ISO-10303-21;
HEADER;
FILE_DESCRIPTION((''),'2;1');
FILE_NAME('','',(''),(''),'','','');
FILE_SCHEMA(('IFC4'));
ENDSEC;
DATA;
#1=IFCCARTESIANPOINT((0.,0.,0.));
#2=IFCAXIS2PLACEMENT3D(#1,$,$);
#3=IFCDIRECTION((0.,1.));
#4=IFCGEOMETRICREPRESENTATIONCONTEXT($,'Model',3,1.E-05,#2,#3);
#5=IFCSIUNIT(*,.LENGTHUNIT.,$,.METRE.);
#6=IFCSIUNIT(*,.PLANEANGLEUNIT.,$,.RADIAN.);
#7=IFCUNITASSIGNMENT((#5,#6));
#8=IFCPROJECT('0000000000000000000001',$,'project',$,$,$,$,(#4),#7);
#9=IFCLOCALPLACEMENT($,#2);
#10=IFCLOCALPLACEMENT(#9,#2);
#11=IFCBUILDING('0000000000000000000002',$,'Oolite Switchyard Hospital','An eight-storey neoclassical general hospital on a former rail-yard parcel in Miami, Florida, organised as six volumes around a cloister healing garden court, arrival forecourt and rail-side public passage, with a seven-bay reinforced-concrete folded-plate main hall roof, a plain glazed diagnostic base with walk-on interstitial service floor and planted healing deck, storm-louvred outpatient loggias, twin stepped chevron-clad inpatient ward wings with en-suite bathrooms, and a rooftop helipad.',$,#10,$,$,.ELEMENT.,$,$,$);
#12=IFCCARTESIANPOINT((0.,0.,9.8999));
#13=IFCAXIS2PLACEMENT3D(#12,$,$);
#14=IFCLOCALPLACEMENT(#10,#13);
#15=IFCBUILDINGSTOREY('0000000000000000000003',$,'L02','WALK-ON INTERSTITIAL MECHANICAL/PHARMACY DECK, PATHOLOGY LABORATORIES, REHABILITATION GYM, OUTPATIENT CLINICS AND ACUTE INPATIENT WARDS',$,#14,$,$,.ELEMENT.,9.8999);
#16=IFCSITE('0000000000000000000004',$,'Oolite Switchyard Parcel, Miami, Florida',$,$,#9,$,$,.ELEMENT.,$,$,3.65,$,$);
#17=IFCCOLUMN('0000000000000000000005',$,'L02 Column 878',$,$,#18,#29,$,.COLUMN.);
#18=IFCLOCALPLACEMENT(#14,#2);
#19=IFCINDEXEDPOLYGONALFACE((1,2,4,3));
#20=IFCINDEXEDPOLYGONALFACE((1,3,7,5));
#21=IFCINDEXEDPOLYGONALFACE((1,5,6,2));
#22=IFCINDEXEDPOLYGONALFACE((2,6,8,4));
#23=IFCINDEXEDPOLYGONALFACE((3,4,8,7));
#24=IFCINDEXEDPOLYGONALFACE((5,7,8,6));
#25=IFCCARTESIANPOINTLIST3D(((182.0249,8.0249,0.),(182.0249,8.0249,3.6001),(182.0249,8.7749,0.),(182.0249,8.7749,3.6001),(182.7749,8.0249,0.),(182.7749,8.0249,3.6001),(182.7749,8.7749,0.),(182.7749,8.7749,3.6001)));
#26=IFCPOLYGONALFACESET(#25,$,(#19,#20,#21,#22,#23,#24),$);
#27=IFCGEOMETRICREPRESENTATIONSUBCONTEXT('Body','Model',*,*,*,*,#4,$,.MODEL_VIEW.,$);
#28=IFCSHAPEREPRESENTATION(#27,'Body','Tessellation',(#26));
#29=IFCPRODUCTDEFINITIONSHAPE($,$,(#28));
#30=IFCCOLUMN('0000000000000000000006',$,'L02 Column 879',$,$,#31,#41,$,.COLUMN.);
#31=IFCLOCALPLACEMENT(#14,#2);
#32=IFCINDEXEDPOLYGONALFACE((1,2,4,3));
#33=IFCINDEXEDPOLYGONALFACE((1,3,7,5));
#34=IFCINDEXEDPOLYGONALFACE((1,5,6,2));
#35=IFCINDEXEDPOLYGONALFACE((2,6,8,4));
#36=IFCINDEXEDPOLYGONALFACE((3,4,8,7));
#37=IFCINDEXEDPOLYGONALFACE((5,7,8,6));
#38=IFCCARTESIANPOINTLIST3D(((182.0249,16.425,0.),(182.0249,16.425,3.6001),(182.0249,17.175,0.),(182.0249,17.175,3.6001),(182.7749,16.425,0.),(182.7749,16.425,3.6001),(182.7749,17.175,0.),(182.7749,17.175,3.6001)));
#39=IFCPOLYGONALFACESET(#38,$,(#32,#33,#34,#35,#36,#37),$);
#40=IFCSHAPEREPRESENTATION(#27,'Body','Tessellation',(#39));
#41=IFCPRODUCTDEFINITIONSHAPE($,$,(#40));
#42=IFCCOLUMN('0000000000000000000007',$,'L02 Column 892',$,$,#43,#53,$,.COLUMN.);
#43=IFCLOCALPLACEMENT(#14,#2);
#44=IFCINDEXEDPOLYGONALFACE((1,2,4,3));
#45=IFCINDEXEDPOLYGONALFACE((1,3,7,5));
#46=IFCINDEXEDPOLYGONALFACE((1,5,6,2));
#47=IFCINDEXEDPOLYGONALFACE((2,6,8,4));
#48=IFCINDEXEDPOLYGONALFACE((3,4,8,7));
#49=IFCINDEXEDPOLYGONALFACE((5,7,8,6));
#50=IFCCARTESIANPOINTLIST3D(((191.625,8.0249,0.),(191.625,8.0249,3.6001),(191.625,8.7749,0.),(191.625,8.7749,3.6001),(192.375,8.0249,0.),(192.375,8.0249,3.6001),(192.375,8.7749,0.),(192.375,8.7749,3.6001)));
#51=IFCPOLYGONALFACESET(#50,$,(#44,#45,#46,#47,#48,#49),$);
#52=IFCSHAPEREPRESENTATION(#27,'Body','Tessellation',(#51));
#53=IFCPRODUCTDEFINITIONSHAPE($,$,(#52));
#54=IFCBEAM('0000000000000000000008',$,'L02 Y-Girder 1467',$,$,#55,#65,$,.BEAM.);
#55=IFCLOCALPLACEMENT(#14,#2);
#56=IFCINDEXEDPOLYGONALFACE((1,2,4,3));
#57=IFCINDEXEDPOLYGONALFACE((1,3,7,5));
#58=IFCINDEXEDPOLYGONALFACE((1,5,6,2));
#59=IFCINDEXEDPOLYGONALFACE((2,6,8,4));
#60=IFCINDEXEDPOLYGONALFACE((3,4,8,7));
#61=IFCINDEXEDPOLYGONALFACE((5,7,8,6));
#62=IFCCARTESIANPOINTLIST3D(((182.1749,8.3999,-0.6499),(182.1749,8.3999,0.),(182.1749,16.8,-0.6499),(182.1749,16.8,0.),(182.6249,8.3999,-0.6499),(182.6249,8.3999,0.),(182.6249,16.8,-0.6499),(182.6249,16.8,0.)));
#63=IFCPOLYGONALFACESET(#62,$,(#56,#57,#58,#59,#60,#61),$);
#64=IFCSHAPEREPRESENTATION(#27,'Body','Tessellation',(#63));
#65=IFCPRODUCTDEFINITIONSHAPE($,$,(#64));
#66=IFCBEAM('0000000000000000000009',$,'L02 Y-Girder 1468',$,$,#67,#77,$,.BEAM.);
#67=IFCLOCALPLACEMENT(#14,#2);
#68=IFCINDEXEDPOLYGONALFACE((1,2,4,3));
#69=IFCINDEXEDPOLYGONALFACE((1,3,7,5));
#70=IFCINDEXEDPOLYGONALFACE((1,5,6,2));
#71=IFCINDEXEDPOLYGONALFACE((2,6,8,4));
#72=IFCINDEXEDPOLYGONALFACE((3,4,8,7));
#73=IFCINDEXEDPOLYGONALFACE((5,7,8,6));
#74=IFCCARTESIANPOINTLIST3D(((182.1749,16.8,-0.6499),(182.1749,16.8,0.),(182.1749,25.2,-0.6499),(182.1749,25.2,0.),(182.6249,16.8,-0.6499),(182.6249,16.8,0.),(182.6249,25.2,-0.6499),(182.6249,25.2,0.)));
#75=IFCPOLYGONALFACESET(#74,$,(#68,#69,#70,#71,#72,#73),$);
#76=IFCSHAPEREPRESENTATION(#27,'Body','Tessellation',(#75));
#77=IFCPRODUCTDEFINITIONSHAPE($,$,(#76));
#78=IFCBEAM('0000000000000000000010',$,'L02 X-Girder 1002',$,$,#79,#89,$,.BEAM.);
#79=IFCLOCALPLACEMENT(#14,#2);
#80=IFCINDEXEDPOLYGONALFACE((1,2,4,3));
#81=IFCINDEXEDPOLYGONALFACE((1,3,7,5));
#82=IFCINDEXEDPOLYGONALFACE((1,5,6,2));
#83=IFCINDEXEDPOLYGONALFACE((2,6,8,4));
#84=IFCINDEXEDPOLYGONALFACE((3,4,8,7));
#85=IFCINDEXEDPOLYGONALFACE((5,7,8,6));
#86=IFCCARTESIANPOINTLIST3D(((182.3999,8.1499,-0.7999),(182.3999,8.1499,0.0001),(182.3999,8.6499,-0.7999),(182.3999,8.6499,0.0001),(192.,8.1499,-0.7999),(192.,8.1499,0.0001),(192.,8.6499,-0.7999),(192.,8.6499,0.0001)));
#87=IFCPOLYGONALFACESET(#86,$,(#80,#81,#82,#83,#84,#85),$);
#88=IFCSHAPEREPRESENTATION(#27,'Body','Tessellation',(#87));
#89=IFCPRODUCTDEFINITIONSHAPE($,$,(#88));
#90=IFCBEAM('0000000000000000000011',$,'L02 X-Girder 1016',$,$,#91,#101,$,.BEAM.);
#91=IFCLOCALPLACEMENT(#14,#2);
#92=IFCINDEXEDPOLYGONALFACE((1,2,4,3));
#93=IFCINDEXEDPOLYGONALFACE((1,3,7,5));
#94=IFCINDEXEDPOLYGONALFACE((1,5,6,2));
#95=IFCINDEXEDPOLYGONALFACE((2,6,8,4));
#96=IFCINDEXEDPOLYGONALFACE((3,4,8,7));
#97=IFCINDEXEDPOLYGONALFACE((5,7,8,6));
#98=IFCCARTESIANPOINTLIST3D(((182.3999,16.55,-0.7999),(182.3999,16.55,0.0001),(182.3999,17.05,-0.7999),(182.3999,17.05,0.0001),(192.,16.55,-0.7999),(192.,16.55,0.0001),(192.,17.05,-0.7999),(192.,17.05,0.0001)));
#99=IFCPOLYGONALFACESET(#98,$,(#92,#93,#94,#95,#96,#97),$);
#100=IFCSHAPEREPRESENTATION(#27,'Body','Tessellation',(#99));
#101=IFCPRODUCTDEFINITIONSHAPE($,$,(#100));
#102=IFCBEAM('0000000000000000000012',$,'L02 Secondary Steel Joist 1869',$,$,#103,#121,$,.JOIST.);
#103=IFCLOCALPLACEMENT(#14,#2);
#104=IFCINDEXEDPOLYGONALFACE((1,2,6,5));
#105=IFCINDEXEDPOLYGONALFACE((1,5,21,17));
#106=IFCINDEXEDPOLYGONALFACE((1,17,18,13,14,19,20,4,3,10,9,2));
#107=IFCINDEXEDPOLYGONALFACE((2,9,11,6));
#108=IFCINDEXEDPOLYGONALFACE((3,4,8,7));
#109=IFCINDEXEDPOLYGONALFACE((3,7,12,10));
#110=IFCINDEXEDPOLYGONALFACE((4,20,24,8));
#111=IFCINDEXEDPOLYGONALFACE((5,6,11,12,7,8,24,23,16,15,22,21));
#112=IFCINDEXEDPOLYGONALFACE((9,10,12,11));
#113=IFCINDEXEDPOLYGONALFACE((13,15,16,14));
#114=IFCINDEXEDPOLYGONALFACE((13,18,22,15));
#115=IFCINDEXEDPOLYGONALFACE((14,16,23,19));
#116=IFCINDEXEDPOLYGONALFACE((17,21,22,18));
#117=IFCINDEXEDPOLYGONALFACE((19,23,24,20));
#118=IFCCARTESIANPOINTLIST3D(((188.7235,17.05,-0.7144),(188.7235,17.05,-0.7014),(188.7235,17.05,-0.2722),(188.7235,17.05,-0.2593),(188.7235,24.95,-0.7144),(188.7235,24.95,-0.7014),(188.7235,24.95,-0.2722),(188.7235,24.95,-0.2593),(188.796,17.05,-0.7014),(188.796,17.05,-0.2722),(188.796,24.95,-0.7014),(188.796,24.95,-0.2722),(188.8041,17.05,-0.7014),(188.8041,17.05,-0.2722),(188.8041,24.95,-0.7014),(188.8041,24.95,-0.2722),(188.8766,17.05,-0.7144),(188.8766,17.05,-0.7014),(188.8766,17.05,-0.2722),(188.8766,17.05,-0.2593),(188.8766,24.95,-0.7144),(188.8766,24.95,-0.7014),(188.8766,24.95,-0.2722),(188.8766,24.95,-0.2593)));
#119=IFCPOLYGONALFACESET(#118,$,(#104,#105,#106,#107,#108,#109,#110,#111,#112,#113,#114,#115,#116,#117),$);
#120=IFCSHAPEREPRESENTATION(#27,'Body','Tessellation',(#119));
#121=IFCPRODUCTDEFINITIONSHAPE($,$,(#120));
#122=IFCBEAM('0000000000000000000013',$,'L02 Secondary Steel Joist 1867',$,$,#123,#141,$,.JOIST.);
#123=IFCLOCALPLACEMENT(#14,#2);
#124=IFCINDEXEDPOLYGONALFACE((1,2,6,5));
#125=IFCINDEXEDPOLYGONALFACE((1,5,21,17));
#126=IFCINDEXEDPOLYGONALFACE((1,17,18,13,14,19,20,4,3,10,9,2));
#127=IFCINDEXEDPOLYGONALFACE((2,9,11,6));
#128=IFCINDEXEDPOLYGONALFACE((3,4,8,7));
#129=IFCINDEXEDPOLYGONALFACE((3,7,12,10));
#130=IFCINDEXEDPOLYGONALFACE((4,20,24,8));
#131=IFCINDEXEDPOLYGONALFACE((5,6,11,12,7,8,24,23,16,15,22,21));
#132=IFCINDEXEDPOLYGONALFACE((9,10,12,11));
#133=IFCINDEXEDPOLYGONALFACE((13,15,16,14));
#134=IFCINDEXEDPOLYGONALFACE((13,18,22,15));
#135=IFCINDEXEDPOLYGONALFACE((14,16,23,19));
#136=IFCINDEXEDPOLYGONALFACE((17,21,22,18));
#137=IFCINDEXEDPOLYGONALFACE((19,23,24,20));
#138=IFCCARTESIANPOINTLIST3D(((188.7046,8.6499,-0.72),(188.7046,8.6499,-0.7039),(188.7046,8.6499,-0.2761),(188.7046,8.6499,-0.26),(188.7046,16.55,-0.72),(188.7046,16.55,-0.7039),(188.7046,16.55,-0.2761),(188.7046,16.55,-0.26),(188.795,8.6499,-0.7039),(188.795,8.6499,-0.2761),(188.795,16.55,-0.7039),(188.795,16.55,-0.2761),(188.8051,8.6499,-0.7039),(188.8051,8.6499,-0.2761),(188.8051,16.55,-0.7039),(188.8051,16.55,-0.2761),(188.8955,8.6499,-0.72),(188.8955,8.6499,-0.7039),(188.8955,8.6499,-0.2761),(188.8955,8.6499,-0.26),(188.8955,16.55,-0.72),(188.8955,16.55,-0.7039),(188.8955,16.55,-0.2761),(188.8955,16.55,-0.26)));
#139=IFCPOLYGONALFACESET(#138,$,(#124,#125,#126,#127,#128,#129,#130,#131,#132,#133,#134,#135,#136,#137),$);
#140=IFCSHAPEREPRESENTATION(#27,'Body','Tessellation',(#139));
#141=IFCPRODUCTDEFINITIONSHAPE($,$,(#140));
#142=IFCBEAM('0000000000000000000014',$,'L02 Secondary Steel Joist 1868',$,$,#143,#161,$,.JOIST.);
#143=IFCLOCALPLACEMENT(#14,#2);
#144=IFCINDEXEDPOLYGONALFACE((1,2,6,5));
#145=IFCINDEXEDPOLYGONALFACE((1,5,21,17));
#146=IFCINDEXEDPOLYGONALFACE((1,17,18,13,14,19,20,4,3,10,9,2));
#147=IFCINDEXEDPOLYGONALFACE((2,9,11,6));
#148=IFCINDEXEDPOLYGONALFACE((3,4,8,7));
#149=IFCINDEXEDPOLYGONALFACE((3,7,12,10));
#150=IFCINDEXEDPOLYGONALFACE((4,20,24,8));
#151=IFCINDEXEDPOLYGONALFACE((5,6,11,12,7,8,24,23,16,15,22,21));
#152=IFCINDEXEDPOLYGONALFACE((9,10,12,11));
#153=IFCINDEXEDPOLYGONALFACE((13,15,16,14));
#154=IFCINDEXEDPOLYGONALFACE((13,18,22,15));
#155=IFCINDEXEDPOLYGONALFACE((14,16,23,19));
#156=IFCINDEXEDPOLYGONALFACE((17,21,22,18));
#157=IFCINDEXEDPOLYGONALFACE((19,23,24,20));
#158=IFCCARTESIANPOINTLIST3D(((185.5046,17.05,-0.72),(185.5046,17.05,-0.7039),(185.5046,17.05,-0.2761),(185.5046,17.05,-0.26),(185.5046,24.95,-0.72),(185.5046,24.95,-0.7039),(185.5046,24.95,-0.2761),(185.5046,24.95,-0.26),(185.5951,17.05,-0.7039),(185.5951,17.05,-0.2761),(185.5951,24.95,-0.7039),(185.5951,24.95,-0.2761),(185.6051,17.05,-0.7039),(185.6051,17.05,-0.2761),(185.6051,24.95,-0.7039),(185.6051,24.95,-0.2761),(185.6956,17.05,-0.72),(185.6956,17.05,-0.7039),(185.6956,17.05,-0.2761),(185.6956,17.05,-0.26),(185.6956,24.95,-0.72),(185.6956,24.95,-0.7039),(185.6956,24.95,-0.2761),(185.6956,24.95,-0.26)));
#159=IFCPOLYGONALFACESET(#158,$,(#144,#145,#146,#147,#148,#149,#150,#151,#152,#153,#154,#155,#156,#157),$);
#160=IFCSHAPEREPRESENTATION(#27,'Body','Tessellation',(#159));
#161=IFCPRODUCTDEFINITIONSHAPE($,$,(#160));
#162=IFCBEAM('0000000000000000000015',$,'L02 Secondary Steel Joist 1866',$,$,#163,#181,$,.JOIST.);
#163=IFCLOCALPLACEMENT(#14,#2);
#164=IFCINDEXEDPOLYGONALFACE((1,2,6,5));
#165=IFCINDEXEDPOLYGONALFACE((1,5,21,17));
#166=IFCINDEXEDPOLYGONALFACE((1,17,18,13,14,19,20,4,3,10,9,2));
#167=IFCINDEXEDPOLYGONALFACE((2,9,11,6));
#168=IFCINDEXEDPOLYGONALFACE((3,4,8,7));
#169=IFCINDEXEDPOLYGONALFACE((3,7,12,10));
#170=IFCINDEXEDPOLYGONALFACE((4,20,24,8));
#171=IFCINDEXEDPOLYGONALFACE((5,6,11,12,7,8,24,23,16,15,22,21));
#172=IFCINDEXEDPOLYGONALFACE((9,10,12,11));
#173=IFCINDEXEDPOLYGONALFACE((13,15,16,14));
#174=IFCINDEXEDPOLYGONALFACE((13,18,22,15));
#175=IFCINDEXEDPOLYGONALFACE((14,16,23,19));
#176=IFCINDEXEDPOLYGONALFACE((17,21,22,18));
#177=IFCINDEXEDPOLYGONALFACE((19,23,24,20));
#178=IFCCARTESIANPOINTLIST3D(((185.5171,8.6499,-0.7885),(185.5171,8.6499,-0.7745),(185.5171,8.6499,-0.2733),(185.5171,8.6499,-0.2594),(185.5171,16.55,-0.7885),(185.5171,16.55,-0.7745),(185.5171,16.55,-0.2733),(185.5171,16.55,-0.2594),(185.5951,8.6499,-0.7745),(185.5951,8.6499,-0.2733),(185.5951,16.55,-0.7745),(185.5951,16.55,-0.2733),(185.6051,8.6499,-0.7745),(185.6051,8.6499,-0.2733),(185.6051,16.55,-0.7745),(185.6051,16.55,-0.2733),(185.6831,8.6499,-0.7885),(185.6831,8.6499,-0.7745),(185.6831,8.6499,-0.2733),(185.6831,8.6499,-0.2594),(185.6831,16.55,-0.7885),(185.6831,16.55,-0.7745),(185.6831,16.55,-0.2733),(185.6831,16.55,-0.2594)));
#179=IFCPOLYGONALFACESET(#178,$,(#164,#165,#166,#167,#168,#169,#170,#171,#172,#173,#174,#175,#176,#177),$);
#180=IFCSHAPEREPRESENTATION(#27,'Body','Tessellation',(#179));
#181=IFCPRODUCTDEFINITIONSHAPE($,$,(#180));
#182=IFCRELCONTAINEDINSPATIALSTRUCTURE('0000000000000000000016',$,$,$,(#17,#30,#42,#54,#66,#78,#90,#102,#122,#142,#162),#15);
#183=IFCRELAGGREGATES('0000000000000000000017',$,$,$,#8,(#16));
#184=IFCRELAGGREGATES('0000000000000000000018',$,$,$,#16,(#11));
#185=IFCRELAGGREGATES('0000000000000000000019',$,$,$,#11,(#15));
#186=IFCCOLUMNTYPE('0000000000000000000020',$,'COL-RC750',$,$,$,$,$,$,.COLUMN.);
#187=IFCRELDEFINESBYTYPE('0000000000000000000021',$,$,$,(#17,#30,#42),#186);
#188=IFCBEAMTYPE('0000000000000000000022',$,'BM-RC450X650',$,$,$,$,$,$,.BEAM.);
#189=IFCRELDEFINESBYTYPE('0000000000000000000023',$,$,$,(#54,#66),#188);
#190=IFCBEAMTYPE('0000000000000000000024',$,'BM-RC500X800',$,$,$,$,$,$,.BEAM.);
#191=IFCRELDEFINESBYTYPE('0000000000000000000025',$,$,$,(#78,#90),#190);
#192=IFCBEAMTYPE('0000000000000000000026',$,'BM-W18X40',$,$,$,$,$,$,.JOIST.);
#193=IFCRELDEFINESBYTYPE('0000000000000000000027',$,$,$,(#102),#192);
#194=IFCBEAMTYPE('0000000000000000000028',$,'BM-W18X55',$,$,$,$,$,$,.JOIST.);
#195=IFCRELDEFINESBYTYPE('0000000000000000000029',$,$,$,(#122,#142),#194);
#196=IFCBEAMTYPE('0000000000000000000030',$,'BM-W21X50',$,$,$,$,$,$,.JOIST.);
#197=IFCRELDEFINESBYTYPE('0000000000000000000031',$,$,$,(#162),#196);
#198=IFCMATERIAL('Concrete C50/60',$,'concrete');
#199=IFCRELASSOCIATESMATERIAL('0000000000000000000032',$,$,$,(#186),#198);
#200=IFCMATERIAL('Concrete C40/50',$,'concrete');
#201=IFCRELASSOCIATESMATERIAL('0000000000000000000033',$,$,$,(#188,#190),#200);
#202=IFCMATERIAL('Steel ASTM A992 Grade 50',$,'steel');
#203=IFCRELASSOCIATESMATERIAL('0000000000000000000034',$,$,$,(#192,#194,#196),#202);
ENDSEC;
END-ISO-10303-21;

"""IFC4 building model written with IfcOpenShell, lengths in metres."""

from ifc_helpers import new_model, si_unit, direction, frame, origin, origin_2d, place, context, subcontext, project, spatial, rectangle, i_section, extrude, material, material_profile, profile_set, type_object, element, save


model = new_model("IFC4")

# Units and contexts
model_context = context("Model", 3, precision=1e-05, world=origin(), true_north=direction((0.0, 1.0)))
body_context = subcontext(model_context, "Body", "Model", "MODEL_VIEW")
ifc_project = project(units=[si_unit("LENGTHUNIT", "METRE"), si_unit("PLANEANGLEUNIT", "RADIAN")], contexts=[model_context])

# Site, building, storey
site_placement = place(None, origin())
site = spatial("IfcSite", under=ifc_project, at=site_placement, Name="Oolite Switchyard Parcel, Miami, Florida", CompositionType="ELEMENT", RefElevation=3.65)
building_placement = place(site_placement, origin())
building = spatial("IfcBuilding", under=site, at=building_placement, Name="Oolite Switchyard Hospital", Description="An eight-storey neoclassical general hospital on a former rail-yard parcel in Miami, Florida, organised as six volumes around a cloister healing garden court, arrival forecourt and rail-side public passage, with a seven-bay reinforced-concrete folded-plate main hall roof, a plain glazed diagnostic base with walk-on interstitial service floor and planted healing deck, storm-louvred outpatient loggias, twin stepped chevron-clad inpatient ward wings with en-suite bathrooms, and a rooftop helipad.", CompositionType="ELEMENT")
storey_placement = place(building_placement, frame((0.0, 0.0, 9.8999)))
storey = spatial("IfcBuildingStorey", under=building, at=storey_placement, Name="L02", Description="WALK-ON INTERSTITIAL MECHANICAL/PHARMACY DECK, PATHOLOGY LABORATORIES, REHABILITATION GYM, OUTPATIENT CLINICS AND ACUTE INPATIENT WARDS", CompositionType="ELEMENT", Elevation=9.8999)

# Columns
ifc_material_1 = material(Name="Concrete C50/60", Category="concrete")
ifc_material_profile_1 = material_profile(ifc_material_1, rectangle(XDim=0.75, YDim=0.75, at=origin_2d()), Name="RC750X750")
ifc_profile_set_1 = profile_set([ifc_material_profile_1], Name="Concrete C50/60")
column_type = type_object("IfcColumnType", Name="COL-RC750", PredefinedType="COLUMN", material=ifc_profile_set_1)
for number, where, z_axis, x_axis, name in (
    (1, (182.3999, 8.3999, 0.0), (0.0, 0.0, 1.0), (1.0, 0.0, 0.0), "L02 Column 878"),
    (2, (182.3999, 16.8, 0.0), (0.0, 0.0, 1.0), (1.0, 0.0, 0.0), "L02 Column 879"),
    (3, (192.0, 8.3999, 0.0), (0.0, 0.0, 1.0), (1.0, 0.0, 0.0), "L02 Column 892"),
):
    element("IfcColumn", number, at=place(storey_placement, frame(where, z_axis=z_axis, x_axis=x_axis)), inside=storey, type_object=column_type, Name=name, PredefinedType="COLUMN", context=body_context, shape_type="SweptSolid", body=[
        extrude(rectangle(XDim=0.75, YDim=0.75, at=origin_2d()), origin(), (0.0, 0.0, 1.0), 3.6001),
    ])

# Beams
ifc_material_2 = material(Name="Concrete C40/50", Category="concrete")
ifc_material_profile_2 = material_profile(ifc_material_2, rectangle(XDim=0.45, YDim=0.6499, at=origin_2d()), Name="RCB450X650")
ifc_profile_set_2 = profile_set([ifc_material_profile_2], Name="Concrete C40/50")
beam_type_1 = type_object("IfcBeamType", Name="BM-RC450X650", PredefinedType="BEAM", material=ifc_profile_set_2)
beam_1_placement = place(storey_placement, frame((182.3999, 8.3999, -0.325), z_axis=(0.0, 1.0, 0.0), x_axis=(-1.0, 0.0, 0.0)))
element("IfcBeam", 4, at=beam_1_placement, inside=storey, type_object=beam_type_1, Name="L02 Y-Girder 1467", PredefinedType="BEAM", context=body_context, shape_type="SweptSolid", body=[
    extrude(rectangle(XDim=0.45, YDim=0.6499, at=origin_2d()), origin(), (0.0, 0.0, 1.0), 8.4001),
])
beam_2_placement = place(storey_placement, frame((182.3999, 16.8, -0.325), z_axis=(0.0, 1.0, 0.0), x_axis=(-1.0, 0.0, 0.0)))
element("IfcBeam", 5, at=beam_2_placement, inside=storey, type_object=beam_type_1, Name="L02 Y-Girder 1468", PredefinedType="BEAM", context=body_context, shape_type="SweptSolid", body=[
    extrude(rectangle(XDim=0.45, YDim=0.6499, at=origin_2d()), origin(), (0.0, 0.0, 1.0), 8.3999),
])
ifc_material_profile_3 = material_profile(ifc_material_2, rectangle(XDim=0.5, YDim=0.8, at=origin_2d()), Name="RCB500X800")
ifc_profile_set_3 = profile_set([ifc_material_profile_3], Name="Concrete C40/50")
beam_type_2 = type_object("IfcBeamType", Name="BM-RC500X800", PredefinedType="BEAM", material=ifc_profile_set_3)
for number, where, z_axis, x_axis, name in (
    (6, (182.3999, 8.3999, -0.3999), (1.0, 0.0, 0.0), (0.0, 1.0, 0.0), "L02 X-Girder 1002"),
    (7, (182.3999, 16.8, -0.3999), (1.0, 0.0, 0.0), (0.0, 1.0, 0.0), "L02 X-Girder 1016"),
):
    element("IfcBeam", number, at=place(storey_placement, frame(where, z_axis=z_axis, x_axis=x_axis)), inside=storey, type_object=beam_type_2, Name=name, PredefinedType="BEAM", context=body_context, shape_type="SweptSolid", body=[
        extrude(rectangle(XDim=0.5, YDim=0.8, at=origin_2d()), origin(), (0.0, 0.0, 1.0), 9.6001),
    ])
ifc_material_3 = material(Name="Steel ASTM A992 Grade 50", Category="steel")
ifc_material_profile_4 = material_profile(ifc_material_3, i_section(OverallWidth=0.1531, OverallDepth=0.4551, WebThickness=0.0081, FlangeThickness=0.0129, at=origin_2d()), Name="W18X40")
ifc_profile_set_4 = profile_set([ifc_material_profile_4], Name="Steel ASTM A992 Grade 50")
beam_type_3 = type_object("IfcBeamType", Name="BM-W18X40", PredefinedType="JOIST", material=ifc_profile_set_4)
beam_3_placement = place(storey_placement, frame((188.8, 17.05, -0.4868), z_axis=(0.0, 1.0, 0.0), x_axis=(-1.0, 0.0, 0.0)))
element("IfcBeam", 8, at=beam_3_placement, inside=storey, type_object=beam_type_3, Name="L02 Secondary Steel Joist 1869", PredefinedType="JOIST", context=body_context, shape_type="SweptSolid", body=[
    extrude(i_section(OverallWidth=0.1531, OverallDepth=0.4551, WebThickness=0.0081, FlangeThickness=0.0129, at=origin_2d()), origin(), (0.0, 0.0, 1.0), 7.8999),
])
ifc_material_profile_5 = material_profile(ifc_material_3, i_section(OverallWidth=0.1909, OverallDepth=0.46, WebThickness=0.01, FlangeThickness=0.0161, at=origin_2d()), Name="W18X55")
ifc_profile_set_5 = profile_set([ifc_material_profile_5], Name="Steel ASTM A992 Grade 50")
beam_type_4 = type_object("IfcBeamType", Name="BM-W18X55", PredefinedType="JOIST", material=ifc_profile_set_5)
beam_4_placement = place(storey_placement, frame((188.8, 8.6499, -0.49), z_axis=(0.0, 1.0, 0.0), x_axis=(-1.0, 0.0, 0.0)))
element("IfcBeam", 9, at=beam_4_placement, inside=storey, type_object=beam_type_4, Name="L02 Secondary Steel Joist 1867", PredefinedType="JOIST", context=body_context, shape_type="SweptSolid", body=[
    extrude(i_section(OverallWidth=0.1909, OverallDepth=0.46, WebThickness=0.01, FlangeThickness=0.0161, at=origin_2d()), origin(), (0.0, 0.0, 1.0), 7.9001),
])
beam_5_placement = place(storey_placement, frame((185.6001, 17.05, -0.49), z_axis=(0.0, 1.0, 0.0), x_axis=(-1.0, 0.0, 0.0)))
element("IfcBeam", 10, at=beam_5_placement, inside=storey, type_object=beam_type_4, Name="L02 Secondary Steel Joist 1868", PredefinedType="JOIST", context=body_context, shape_type="SweptSolid", body=[
    extrude(i_section(OverallWidth=0.1909, OverallDepth=0.46, WebThickness=0.01, FlangeThickness=0.0161, at=origin_2d()), origin(), (0.0, 0.0, 1.0), 7.8999),
])
ifc_material_profile_6 = material_profile(ifc_material_3, i_section(OverallWidth=0.166, OverallDepth=0.5291, WebThickness=0.01, FlangeThickness=0.0139, at=origin_2d()), Name="W21X50")
ifc_profile_set_6 = profile_set([ifc_material_profile_6], Name="Steel ASTM A992 Grade 50")
beam_type_5 = type_object("IfcBeamType", Name="BM-W21X50", PredefinedType="JOIST", material=ifc_profile_set_6)
beam_6_placement = place(storey_placement, frame((185.6001, 8.6499, -0.5239), z_axis=(0.0, 1.0, 0.0), x_axis=(-1.0, 0.0, 0.0)))
element("IfcBeam", 11, at=beam_6_placement, inside=storey, type_object=beam_type_5, Name="L02 Secondary Steel Joist 1866", PredefinedType="JOIST", context=body_context, shape_type="SweptSolid", body=[
    extrude(i_section(OverallWidth=0.166, OverallDepth=0.5291, WebThickness=0.01, FlangeThickness=0.0139, at=origin_2d()), origin(), (0.0, 0.0, 1.0), 7.9001),
])

save(model, "model.ifc")
